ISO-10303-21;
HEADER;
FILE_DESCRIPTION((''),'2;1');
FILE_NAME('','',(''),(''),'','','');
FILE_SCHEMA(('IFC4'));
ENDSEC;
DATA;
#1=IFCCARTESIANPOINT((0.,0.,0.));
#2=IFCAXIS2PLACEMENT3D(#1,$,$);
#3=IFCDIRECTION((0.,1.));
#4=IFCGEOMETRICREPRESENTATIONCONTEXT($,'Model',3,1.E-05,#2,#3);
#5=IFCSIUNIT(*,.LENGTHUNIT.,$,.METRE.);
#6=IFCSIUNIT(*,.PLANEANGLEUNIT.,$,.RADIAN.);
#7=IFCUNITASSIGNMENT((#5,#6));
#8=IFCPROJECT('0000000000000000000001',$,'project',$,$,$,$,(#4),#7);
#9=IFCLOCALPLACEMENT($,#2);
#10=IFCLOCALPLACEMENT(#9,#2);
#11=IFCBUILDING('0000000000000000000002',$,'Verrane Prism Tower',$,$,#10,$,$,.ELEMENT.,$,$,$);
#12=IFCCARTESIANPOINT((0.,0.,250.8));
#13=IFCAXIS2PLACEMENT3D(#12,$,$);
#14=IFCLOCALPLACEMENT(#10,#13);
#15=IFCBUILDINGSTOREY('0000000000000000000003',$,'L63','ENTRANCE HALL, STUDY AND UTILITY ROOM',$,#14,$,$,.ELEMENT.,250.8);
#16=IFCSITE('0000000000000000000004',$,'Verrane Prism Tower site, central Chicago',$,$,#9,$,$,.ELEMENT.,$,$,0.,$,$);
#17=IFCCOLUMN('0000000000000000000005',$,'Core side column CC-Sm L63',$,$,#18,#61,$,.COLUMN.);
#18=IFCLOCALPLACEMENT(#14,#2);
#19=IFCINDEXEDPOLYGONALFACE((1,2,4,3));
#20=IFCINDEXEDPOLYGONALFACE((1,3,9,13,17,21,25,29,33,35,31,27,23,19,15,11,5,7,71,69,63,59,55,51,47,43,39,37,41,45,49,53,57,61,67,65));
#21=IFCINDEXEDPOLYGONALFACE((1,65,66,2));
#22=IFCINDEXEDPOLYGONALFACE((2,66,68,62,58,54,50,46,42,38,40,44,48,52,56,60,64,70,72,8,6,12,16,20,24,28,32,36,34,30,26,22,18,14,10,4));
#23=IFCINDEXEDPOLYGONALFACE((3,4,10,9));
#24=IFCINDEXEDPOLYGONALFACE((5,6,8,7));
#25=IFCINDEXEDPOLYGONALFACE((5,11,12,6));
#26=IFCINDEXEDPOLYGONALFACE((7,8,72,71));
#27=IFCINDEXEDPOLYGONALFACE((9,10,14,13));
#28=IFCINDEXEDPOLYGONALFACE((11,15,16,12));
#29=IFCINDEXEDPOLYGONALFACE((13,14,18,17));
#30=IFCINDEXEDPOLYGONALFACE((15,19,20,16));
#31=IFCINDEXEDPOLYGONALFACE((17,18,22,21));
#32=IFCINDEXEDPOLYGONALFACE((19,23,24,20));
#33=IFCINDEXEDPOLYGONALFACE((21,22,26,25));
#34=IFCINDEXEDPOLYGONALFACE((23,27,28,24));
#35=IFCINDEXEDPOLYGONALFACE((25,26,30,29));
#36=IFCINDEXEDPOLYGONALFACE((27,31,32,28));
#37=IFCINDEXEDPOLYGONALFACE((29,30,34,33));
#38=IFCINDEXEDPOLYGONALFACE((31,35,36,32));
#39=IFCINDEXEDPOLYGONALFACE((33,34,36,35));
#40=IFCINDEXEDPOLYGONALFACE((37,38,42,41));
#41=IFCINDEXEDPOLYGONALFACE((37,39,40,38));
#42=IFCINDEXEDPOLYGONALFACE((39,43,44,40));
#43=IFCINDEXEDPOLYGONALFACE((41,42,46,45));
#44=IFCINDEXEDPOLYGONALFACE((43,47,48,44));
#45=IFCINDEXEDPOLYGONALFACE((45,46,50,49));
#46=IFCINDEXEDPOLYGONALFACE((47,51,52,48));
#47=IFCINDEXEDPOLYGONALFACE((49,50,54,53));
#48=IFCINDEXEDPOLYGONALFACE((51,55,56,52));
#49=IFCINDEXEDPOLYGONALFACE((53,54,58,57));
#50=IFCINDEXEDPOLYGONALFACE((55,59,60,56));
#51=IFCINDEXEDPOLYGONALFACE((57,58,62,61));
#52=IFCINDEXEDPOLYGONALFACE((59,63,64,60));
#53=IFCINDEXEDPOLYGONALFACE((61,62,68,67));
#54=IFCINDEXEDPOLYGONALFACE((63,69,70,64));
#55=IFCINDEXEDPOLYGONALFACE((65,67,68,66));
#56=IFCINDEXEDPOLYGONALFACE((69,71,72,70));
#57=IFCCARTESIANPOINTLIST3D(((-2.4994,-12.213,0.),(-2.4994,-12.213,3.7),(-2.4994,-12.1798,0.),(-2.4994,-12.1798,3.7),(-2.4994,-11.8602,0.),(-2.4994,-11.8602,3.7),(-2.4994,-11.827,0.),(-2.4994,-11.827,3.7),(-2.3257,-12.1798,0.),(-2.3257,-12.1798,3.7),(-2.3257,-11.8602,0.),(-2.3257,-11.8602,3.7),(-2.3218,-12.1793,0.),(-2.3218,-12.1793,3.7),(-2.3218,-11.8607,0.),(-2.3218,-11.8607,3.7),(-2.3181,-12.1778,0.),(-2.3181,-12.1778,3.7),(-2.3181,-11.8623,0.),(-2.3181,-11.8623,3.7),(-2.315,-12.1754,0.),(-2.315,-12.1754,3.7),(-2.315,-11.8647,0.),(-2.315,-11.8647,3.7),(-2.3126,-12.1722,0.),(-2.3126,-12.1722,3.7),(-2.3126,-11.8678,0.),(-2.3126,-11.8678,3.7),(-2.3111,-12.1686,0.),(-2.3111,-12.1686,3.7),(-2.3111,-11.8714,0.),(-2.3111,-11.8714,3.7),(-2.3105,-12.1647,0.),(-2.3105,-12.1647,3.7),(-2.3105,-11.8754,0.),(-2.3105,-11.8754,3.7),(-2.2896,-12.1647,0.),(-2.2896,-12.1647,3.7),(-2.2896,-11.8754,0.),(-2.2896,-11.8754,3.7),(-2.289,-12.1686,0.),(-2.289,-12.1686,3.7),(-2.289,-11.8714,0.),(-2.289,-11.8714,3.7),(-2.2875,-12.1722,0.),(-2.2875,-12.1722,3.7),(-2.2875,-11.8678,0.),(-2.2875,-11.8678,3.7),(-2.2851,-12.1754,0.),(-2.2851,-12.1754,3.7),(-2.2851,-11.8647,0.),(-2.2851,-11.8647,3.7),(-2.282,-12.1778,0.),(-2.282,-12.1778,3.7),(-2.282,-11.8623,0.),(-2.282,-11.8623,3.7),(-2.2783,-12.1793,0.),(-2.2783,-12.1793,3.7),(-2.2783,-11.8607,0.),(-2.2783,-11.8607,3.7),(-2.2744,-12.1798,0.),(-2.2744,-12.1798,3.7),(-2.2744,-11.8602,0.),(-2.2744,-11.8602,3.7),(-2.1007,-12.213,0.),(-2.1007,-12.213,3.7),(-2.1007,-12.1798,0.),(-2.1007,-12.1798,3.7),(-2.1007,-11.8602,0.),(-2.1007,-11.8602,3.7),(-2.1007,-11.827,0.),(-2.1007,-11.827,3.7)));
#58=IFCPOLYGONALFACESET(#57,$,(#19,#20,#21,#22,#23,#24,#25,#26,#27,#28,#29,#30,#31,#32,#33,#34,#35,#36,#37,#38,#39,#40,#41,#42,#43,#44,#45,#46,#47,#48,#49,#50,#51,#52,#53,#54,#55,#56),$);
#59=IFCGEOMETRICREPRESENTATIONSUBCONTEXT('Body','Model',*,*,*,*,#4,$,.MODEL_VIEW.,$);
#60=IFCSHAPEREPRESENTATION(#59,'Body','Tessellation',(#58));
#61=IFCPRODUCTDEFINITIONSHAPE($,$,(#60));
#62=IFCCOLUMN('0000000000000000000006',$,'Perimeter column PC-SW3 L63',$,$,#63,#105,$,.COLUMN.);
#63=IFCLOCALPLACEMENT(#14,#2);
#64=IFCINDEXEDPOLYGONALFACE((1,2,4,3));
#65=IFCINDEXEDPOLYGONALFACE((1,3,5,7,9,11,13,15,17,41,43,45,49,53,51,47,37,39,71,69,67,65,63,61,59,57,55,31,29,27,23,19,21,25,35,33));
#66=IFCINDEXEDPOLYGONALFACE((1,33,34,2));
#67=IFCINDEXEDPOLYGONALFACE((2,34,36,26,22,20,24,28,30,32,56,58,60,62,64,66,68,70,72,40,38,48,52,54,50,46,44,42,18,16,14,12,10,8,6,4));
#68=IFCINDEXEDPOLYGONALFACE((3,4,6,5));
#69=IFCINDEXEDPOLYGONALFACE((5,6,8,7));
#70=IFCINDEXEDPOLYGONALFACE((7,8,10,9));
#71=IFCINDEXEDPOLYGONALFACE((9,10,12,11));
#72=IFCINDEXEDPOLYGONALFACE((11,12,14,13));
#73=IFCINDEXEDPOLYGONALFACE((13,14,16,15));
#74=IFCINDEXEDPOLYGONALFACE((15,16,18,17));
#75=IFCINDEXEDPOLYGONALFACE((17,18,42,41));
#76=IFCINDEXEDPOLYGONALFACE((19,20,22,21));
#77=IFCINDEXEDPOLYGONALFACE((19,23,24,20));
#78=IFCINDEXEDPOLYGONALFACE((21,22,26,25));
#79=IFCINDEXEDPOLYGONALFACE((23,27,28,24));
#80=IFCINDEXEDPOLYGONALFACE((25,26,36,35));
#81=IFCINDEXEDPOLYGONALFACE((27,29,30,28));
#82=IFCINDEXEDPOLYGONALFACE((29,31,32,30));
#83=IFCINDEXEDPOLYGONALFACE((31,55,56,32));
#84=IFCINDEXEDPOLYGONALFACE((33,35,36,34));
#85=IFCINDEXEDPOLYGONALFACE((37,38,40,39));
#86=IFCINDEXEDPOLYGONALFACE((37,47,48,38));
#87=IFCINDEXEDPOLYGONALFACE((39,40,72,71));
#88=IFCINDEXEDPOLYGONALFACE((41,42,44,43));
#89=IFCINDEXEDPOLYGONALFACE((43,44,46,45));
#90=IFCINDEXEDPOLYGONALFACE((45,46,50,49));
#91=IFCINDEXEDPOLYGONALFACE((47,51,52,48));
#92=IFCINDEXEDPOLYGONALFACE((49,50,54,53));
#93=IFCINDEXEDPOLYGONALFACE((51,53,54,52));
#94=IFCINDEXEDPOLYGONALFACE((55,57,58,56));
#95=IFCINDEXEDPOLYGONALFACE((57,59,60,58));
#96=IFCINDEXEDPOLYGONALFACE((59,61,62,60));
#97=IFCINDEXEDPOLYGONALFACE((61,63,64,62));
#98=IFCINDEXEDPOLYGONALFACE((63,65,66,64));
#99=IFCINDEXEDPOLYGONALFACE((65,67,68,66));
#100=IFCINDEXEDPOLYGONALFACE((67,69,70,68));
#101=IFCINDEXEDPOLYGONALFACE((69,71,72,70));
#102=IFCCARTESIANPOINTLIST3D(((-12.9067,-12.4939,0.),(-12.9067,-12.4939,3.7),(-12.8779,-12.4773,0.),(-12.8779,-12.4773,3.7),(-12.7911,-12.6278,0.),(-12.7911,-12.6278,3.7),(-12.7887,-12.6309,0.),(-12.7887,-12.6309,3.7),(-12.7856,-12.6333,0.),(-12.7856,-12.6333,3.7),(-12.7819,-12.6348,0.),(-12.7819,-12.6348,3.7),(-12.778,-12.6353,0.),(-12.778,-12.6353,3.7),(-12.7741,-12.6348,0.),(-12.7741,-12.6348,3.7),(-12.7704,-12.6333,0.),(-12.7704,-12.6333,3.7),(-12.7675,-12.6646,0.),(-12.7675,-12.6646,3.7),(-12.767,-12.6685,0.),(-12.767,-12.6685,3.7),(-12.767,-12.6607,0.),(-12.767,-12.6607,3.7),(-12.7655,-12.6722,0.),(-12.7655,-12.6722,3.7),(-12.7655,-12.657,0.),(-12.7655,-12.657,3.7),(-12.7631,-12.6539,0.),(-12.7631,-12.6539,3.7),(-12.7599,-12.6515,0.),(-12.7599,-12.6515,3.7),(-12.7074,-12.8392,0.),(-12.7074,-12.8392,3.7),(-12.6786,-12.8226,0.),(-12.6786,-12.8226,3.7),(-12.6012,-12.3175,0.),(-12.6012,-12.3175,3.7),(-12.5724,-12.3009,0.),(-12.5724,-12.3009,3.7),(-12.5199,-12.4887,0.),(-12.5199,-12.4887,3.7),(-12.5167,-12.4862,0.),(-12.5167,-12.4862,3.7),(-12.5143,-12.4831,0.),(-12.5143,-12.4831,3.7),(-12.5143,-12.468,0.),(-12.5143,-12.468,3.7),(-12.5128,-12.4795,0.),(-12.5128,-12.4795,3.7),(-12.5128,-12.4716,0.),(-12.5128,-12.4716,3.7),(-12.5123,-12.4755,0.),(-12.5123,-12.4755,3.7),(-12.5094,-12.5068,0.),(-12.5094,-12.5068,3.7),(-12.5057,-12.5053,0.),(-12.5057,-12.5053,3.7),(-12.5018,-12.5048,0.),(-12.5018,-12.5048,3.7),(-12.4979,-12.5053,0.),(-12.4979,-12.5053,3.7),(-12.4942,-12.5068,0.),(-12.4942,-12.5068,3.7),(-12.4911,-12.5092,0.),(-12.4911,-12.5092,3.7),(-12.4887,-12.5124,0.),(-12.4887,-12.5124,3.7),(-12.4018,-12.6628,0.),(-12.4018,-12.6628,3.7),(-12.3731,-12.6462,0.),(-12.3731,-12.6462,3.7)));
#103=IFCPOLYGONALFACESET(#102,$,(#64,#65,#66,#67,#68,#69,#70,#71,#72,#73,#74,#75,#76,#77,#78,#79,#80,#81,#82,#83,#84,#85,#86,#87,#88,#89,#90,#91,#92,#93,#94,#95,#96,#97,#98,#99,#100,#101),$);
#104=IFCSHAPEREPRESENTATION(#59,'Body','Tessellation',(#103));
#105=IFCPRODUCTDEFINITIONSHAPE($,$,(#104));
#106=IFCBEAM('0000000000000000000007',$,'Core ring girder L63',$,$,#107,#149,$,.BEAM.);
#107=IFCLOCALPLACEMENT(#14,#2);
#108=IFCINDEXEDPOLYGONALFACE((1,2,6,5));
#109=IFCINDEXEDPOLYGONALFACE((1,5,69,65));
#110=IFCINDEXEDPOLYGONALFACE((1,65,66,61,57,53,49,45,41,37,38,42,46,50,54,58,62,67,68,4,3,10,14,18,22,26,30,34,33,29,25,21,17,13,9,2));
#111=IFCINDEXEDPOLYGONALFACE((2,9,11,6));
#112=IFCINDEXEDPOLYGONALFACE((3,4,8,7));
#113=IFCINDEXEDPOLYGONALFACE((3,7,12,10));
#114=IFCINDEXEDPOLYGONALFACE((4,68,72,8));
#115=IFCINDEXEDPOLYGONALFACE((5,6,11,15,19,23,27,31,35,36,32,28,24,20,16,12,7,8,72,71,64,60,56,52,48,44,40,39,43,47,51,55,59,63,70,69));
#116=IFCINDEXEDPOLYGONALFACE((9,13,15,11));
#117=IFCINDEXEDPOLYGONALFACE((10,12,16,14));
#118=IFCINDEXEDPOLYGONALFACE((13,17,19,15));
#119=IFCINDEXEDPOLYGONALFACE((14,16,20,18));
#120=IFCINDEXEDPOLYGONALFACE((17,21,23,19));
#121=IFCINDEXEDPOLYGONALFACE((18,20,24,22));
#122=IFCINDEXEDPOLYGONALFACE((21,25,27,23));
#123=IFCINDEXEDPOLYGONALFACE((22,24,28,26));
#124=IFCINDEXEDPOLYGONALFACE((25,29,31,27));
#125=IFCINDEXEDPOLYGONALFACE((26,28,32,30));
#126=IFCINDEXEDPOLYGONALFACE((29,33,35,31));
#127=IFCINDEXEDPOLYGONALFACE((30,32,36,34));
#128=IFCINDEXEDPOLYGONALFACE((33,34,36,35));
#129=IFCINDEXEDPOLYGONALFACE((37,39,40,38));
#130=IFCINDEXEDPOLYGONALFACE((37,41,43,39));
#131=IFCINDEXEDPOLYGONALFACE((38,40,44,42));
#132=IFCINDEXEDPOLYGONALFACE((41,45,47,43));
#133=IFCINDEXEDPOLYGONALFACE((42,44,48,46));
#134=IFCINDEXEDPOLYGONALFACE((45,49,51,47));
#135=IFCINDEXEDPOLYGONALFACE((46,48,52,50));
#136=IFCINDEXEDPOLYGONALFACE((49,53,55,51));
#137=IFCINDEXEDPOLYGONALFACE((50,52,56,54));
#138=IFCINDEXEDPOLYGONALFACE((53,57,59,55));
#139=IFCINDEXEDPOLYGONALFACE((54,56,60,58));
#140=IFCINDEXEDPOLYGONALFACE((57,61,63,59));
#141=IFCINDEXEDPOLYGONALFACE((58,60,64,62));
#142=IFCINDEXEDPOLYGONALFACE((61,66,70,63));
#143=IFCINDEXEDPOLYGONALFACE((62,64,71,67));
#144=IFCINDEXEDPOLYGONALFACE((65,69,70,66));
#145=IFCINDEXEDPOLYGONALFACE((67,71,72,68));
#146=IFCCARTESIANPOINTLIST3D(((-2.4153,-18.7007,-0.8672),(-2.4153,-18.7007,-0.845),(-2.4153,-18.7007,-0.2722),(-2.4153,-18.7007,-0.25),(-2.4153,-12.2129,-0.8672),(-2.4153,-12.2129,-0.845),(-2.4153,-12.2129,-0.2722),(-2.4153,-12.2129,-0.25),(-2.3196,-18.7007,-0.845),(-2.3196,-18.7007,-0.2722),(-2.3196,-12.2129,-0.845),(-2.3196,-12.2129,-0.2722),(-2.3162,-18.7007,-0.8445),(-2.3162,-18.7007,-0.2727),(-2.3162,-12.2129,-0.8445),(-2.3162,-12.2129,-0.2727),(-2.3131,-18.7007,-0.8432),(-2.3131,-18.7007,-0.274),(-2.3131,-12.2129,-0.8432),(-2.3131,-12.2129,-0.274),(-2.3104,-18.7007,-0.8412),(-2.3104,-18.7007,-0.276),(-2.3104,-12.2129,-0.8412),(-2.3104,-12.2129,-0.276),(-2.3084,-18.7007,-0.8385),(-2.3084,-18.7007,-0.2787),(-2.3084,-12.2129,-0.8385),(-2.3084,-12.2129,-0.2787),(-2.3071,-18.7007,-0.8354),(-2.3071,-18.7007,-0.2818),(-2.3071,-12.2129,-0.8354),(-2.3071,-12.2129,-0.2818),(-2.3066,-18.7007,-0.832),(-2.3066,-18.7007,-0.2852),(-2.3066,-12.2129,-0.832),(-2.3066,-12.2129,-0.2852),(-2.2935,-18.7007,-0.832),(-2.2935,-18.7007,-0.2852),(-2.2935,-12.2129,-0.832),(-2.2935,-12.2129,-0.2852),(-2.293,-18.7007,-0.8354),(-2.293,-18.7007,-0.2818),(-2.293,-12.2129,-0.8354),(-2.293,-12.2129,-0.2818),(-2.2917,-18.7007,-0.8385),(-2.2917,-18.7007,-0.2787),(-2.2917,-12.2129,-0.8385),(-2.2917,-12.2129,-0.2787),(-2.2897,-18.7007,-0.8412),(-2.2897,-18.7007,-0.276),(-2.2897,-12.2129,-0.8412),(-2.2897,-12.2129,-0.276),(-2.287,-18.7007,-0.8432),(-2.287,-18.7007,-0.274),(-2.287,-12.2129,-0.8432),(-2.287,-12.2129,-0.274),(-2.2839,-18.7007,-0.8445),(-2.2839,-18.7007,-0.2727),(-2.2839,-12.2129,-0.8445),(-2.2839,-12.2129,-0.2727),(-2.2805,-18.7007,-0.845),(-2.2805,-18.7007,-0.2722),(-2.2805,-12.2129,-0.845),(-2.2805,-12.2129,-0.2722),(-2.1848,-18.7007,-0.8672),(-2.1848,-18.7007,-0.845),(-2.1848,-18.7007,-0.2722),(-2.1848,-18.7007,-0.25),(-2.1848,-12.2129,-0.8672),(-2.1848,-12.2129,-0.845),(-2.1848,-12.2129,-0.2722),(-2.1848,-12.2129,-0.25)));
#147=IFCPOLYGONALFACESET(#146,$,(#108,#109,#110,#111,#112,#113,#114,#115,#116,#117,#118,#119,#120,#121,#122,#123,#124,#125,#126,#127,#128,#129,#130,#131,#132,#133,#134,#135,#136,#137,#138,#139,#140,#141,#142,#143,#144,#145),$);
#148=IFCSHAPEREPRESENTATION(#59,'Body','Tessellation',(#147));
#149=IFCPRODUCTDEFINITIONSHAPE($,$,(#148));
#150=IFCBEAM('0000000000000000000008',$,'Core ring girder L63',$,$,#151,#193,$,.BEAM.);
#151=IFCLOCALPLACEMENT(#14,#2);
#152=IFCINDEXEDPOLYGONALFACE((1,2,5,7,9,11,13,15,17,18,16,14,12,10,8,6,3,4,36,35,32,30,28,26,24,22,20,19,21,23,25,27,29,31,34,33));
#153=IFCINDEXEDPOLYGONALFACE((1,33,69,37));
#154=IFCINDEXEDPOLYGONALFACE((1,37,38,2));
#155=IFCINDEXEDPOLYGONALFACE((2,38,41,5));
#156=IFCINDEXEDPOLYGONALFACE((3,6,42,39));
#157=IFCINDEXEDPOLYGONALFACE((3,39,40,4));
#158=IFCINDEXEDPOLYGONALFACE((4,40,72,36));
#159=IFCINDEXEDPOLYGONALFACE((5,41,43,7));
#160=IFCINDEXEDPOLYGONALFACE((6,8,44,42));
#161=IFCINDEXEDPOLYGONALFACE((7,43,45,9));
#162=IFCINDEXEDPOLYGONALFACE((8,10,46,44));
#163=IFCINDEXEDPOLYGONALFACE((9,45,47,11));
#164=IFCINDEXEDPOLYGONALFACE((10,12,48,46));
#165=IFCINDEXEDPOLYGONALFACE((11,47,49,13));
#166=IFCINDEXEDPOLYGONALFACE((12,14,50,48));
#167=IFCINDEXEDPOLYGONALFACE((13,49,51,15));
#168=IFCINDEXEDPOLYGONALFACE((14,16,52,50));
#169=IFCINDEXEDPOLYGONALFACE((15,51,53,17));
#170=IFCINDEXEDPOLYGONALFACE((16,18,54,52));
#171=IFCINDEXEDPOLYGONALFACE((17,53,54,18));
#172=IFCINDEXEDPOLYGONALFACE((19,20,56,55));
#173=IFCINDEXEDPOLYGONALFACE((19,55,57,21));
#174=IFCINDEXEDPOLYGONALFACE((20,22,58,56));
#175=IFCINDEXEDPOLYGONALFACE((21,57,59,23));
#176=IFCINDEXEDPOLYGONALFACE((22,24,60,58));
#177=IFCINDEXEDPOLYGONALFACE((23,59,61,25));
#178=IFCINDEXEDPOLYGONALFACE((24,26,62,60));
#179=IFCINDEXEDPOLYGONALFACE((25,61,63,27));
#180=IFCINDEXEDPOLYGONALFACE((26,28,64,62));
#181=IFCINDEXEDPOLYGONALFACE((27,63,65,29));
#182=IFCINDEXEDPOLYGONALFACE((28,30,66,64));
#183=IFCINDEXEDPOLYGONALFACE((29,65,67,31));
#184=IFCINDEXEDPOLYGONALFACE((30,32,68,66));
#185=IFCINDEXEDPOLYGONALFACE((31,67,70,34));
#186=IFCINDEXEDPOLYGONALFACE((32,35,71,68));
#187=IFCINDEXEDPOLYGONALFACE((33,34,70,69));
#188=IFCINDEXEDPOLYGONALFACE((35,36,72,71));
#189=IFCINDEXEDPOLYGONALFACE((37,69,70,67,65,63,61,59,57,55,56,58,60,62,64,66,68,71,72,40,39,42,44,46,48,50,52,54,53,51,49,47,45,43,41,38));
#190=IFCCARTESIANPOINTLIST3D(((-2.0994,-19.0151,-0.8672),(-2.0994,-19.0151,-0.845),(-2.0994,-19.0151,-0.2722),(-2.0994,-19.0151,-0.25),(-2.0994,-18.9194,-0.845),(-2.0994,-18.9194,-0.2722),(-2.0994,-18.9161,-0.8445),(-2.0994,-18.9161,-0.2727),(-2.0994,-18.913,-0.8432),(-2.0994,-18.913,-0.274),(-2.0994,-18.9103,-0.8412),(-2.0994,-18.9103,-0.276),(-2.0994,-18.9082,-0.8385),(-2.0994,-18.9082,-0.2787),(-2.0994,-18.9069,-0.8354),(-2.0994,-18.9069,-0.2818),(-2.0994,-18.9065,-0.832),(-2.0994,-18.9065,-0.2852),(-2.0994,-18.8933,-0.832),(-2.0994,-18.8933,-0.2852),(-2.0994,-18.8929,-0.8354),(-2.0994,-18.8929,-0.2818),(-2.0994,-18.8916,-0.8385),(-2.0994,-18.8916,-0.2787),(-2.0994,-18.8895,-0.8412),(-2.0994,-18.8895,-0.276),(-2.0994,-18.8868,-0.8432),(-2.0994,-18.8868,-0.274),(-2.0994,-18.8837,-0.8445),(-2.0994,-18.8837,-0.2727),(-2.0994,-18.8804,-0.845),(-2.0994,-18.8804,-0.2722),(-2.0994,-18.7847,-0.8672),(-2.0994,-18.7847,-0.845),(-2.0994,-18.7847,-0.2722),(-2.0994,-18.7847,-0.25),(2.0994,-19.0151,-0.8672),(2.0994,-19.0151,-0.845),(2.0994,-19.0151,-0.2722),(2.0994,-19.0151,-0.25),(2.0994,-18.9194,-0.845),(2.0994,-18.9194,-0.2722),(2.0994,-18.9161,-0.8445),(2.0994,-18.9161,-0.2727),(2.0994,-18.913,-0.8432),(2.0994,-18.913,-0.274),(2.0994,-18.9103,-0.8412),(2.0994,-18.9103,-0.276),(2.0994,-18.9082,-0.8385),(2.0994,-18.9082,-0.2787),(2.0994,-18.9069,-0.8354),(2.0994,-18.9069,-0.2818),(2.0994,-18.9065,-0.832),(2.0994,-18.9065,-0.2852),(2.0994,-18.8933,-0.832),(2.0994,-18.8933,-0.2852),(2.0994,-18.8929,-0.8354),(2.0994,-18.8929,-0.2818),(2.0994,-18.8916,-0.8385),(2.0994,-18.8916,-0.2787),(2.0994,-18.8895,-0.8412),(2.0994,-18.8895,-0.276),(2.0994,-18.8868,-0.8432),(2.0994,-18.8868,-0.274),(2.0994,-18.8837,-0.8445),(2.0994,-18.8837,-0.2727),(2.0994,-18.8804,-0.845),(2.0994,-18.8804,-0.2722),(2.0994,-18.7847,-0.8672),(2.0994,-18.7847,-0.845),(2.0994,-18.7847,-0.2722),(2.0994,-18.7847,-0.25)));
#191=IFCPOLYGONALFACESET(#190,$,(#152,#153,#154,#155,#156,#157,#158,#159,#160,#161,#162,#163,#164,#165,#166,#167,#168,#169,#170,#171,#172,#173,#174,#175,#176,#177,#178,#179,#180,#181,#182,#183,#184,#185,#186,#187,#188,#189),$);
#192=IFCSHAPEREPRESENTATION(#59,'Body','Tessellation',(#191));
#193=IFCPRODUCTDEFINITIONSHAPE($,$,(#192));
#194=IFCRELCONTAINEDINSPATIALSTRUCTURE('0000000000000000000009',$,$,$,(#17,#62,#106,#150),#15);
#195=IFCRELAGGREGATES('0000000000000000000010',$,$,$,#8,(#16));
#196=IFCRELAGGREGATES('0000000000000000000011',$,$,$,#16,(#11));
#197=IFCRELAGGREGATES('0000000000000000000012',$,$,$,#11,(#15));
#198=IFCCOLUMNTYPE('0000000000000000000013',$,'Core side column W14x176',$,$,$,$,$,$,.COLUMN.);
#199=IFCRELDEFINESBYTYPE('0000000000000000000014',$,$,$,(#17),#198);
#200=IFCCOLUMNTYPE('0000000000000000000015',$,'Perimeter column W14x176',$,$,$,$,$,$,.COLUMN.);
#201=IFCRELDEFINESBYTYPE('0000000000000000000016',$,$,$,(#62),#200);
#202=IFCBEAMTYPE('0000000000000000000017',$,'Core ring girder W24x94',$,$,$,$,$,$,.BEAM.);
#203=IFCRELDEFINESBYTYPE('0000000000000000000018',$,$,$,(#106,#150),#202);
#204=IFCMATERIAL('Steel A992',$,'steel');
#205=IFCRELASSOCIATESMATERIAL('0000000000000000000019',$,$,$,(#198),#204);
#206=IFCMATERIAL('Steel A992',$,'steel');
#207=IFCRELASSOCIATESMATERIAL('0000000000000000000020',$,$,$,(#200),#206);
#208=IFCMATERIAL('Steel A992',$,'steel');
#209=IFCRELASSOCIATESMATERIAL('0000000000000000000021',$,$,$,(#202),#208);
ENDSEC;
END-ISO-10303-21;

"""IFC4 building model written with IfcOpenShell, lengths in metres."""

from ifc_helpers import new_model, si_unit, direction, frame, origin, origin_2d, place, context, subcontext, project, spatial, i_section, extrude, material, material_profile, profile_set, type_object, element, save


model = new_model("IFC4")

# Units and contexts
model_context = context("Model", 3, precision=1e-05, world=origin(), true_north=direction((0.0, 1.0)))
body_context = subcontext(model_context, "Body", "Model", "MODEL_VIEW")
ifc_project = project(units=[si_unit("LENGTHUNIT", "METRE"), si_unit("PLANEANGLEUNIT", "RADIAN")], contexts=[model_context])

# Site, building, storey
site_placement = place(None, origin())
site = spatial("IfcSite", under=ifc_project, at=site_placement, Name="Verrane Prism Tower site, central Chicago", CompositionType="ELEMENT", RefElevation=0.0)
building_placement = place(site_placement, origin())
building = spatial("IfcBuilding", under=site, at=building_placement, Name="Verrane Prism Tower", CompositionType="ELEMENT")
storey_placement = place(building_placement, frame((0.0, 0.0, 250.8)))
storey = spatial("IfcBuildingStorey", under=building, at=storey_placement, Name="L63", Description="ENTRANCE HALL, STUDY AND UTILITY ROOM", CompositionType="ELEMENT", Elevation=250.8)

# Columns
ifc_material_1 = material(Name="Steel A992", Category="steel")
ifc_material_profile_1 = material_profile(ifc_material_1, i_section(OverallWidth=0.3987, OverallDepth=0.386, WebThickness=0.021, FlangeThickness=0.0332, FilletRadius=0.0151, at=origin_2d()), Name="W14x176")
ifc_profile_set_1 = profile_set([ifc_material_profile_1], Name="Steel A992")
column_type_1 = type_object("IfcColumnType", Name="Core side column W14x176", PredefinedType="COLUMN", material=ifc_profile_set_1)
column_1_placement = place(storey_placement, frame((-2.3, -12.02, 0.0), z_axis=(0.0, 0.0, 1.0), x_axis=(1.0, 0.0, 0.0)))
element("IfcColumn", 1, at=column_1_placement, inside=storey, type_object=column_type_1, Name="Core side column CC-Sm L63", PredefinedType="COLUMN", context=body_context, shape_type="SweptSolid", body=[
    extrude(i_section(OverallWidth=0.3987, OverallDepth=0.386, WebThickness=0.021, FlangeThickness=0.0332, FilletRadius=0.0151, at=origin_2d()), origin(), (0.0, 0.0, 1.0), 3.7),
])
ifc_material_2 = material(Name="Steel A992", Category="steel")
ifc_material_profile_2 = material_profile(ifc_material_2, i_section(OverallWidth=0.3987, OverallDepth=0.386, WebThickness=0.021, FlangeThickness=0.0332, FilletRadius=0.0151, at=origin_2d()), Name="W14x176")
ifc_profile_set_2 = profile_set([ifc_material_profile_2], Name="Steel A992")
column_type_2 = type_object("IfcColumnType", Name="Perimeter column W14x176", PredefinedType="COLUMN", material=ifc_profile_set_2)
column_2_placement = place(storey_placement, frame((-12.6399, -12.5701, 0.0), z_axis=(0.0, 0.0, 1.0), x_axis=(-0.5, 0.866025, 0.0)))
element("IfcColumn", 2, at=column_2_placement, inside=storey, type_object=column_type_2, Name="Perimeter column PC-SW3 L63", PredefinedType="COLUMN", context=body_context, shape_type="SweptSolid", body=[
    extrude(i_section(OverallWidth=0.3987, OverallDepth=0.386, WebThickness=0.021, FlangeThickness=0.0332, FilletRadius=0.0151, at=origin_2d()), origin(), (0.0, 0.0, 1.0), 3.7),
])

# Beams
ifc_material_3 = material(Name="Steel A992", Category="steel")
ifc_material_profile_3 = material_profile(ifc_material_3, i_section(OverallWidth=0.2305, OverallDepth=0.6172, WebThickness=0.0132, FlangeThickness=0.0222, FilletRadius=0.0129, at=origin_2d()), Name="W24x94")
ifc_profile_set_3 = profile_set([ifc_material_profile_3], Name="Steel A992")
beam_type_1 = type_object("IfcBeamType", Name="Core ring girder W24x94", PredefinedType="BEAM", material=ifc_profile_set_3)
beam_1_placement = place(storey_placement, frame((-2.3, -12.2129, -0.5586), z_axis=(0.0, -1.0, 0.0), x_axis=(1.0, 0.0, 0.0)))
element("IfcBeam", 3, at=beam_1_placement, inside=storey, type_object=beam_type_1, Name="Core ring girder L63", PredefinedType="BEAM", context=body_context, shape_type="SweptSolid", body=[
    extrude(i_section(OverallWidth=0.2305, OverallDepth=0.6172, WebThickness=0.0132, FlangeThickness=0.0222, FilletRadius=0.0129, at=origin_2d()), origin(), (0.0, 0.0, 1.0), 6.4878),
])
beam_2_placement = place(storey_placement, frame((-2.0994, -18.8999, -0.5586), z_axis=(1.0, 0.0, 0.0), x_axis=(0.0, 1.0, 0.0)))
element("IfcBeam", 4, at=beam_2_placement, inside=storey, type_object=beam_type_1, Name="Core ring girder L63", PredefinedType="BEAM", context=body_context, shape_type="SweptSolid", body=[
    extrude(i_section(OverallWidth=0.2305, OverallDepth=0.6172, WebThickness=0.0132, FlangeThickness=0.0222, FilletRadius=0.0129, at=origin_2d()), origin(), (0.0, 0.0, 1.0), 4.1987),
])

save(model, "model.ifc")
